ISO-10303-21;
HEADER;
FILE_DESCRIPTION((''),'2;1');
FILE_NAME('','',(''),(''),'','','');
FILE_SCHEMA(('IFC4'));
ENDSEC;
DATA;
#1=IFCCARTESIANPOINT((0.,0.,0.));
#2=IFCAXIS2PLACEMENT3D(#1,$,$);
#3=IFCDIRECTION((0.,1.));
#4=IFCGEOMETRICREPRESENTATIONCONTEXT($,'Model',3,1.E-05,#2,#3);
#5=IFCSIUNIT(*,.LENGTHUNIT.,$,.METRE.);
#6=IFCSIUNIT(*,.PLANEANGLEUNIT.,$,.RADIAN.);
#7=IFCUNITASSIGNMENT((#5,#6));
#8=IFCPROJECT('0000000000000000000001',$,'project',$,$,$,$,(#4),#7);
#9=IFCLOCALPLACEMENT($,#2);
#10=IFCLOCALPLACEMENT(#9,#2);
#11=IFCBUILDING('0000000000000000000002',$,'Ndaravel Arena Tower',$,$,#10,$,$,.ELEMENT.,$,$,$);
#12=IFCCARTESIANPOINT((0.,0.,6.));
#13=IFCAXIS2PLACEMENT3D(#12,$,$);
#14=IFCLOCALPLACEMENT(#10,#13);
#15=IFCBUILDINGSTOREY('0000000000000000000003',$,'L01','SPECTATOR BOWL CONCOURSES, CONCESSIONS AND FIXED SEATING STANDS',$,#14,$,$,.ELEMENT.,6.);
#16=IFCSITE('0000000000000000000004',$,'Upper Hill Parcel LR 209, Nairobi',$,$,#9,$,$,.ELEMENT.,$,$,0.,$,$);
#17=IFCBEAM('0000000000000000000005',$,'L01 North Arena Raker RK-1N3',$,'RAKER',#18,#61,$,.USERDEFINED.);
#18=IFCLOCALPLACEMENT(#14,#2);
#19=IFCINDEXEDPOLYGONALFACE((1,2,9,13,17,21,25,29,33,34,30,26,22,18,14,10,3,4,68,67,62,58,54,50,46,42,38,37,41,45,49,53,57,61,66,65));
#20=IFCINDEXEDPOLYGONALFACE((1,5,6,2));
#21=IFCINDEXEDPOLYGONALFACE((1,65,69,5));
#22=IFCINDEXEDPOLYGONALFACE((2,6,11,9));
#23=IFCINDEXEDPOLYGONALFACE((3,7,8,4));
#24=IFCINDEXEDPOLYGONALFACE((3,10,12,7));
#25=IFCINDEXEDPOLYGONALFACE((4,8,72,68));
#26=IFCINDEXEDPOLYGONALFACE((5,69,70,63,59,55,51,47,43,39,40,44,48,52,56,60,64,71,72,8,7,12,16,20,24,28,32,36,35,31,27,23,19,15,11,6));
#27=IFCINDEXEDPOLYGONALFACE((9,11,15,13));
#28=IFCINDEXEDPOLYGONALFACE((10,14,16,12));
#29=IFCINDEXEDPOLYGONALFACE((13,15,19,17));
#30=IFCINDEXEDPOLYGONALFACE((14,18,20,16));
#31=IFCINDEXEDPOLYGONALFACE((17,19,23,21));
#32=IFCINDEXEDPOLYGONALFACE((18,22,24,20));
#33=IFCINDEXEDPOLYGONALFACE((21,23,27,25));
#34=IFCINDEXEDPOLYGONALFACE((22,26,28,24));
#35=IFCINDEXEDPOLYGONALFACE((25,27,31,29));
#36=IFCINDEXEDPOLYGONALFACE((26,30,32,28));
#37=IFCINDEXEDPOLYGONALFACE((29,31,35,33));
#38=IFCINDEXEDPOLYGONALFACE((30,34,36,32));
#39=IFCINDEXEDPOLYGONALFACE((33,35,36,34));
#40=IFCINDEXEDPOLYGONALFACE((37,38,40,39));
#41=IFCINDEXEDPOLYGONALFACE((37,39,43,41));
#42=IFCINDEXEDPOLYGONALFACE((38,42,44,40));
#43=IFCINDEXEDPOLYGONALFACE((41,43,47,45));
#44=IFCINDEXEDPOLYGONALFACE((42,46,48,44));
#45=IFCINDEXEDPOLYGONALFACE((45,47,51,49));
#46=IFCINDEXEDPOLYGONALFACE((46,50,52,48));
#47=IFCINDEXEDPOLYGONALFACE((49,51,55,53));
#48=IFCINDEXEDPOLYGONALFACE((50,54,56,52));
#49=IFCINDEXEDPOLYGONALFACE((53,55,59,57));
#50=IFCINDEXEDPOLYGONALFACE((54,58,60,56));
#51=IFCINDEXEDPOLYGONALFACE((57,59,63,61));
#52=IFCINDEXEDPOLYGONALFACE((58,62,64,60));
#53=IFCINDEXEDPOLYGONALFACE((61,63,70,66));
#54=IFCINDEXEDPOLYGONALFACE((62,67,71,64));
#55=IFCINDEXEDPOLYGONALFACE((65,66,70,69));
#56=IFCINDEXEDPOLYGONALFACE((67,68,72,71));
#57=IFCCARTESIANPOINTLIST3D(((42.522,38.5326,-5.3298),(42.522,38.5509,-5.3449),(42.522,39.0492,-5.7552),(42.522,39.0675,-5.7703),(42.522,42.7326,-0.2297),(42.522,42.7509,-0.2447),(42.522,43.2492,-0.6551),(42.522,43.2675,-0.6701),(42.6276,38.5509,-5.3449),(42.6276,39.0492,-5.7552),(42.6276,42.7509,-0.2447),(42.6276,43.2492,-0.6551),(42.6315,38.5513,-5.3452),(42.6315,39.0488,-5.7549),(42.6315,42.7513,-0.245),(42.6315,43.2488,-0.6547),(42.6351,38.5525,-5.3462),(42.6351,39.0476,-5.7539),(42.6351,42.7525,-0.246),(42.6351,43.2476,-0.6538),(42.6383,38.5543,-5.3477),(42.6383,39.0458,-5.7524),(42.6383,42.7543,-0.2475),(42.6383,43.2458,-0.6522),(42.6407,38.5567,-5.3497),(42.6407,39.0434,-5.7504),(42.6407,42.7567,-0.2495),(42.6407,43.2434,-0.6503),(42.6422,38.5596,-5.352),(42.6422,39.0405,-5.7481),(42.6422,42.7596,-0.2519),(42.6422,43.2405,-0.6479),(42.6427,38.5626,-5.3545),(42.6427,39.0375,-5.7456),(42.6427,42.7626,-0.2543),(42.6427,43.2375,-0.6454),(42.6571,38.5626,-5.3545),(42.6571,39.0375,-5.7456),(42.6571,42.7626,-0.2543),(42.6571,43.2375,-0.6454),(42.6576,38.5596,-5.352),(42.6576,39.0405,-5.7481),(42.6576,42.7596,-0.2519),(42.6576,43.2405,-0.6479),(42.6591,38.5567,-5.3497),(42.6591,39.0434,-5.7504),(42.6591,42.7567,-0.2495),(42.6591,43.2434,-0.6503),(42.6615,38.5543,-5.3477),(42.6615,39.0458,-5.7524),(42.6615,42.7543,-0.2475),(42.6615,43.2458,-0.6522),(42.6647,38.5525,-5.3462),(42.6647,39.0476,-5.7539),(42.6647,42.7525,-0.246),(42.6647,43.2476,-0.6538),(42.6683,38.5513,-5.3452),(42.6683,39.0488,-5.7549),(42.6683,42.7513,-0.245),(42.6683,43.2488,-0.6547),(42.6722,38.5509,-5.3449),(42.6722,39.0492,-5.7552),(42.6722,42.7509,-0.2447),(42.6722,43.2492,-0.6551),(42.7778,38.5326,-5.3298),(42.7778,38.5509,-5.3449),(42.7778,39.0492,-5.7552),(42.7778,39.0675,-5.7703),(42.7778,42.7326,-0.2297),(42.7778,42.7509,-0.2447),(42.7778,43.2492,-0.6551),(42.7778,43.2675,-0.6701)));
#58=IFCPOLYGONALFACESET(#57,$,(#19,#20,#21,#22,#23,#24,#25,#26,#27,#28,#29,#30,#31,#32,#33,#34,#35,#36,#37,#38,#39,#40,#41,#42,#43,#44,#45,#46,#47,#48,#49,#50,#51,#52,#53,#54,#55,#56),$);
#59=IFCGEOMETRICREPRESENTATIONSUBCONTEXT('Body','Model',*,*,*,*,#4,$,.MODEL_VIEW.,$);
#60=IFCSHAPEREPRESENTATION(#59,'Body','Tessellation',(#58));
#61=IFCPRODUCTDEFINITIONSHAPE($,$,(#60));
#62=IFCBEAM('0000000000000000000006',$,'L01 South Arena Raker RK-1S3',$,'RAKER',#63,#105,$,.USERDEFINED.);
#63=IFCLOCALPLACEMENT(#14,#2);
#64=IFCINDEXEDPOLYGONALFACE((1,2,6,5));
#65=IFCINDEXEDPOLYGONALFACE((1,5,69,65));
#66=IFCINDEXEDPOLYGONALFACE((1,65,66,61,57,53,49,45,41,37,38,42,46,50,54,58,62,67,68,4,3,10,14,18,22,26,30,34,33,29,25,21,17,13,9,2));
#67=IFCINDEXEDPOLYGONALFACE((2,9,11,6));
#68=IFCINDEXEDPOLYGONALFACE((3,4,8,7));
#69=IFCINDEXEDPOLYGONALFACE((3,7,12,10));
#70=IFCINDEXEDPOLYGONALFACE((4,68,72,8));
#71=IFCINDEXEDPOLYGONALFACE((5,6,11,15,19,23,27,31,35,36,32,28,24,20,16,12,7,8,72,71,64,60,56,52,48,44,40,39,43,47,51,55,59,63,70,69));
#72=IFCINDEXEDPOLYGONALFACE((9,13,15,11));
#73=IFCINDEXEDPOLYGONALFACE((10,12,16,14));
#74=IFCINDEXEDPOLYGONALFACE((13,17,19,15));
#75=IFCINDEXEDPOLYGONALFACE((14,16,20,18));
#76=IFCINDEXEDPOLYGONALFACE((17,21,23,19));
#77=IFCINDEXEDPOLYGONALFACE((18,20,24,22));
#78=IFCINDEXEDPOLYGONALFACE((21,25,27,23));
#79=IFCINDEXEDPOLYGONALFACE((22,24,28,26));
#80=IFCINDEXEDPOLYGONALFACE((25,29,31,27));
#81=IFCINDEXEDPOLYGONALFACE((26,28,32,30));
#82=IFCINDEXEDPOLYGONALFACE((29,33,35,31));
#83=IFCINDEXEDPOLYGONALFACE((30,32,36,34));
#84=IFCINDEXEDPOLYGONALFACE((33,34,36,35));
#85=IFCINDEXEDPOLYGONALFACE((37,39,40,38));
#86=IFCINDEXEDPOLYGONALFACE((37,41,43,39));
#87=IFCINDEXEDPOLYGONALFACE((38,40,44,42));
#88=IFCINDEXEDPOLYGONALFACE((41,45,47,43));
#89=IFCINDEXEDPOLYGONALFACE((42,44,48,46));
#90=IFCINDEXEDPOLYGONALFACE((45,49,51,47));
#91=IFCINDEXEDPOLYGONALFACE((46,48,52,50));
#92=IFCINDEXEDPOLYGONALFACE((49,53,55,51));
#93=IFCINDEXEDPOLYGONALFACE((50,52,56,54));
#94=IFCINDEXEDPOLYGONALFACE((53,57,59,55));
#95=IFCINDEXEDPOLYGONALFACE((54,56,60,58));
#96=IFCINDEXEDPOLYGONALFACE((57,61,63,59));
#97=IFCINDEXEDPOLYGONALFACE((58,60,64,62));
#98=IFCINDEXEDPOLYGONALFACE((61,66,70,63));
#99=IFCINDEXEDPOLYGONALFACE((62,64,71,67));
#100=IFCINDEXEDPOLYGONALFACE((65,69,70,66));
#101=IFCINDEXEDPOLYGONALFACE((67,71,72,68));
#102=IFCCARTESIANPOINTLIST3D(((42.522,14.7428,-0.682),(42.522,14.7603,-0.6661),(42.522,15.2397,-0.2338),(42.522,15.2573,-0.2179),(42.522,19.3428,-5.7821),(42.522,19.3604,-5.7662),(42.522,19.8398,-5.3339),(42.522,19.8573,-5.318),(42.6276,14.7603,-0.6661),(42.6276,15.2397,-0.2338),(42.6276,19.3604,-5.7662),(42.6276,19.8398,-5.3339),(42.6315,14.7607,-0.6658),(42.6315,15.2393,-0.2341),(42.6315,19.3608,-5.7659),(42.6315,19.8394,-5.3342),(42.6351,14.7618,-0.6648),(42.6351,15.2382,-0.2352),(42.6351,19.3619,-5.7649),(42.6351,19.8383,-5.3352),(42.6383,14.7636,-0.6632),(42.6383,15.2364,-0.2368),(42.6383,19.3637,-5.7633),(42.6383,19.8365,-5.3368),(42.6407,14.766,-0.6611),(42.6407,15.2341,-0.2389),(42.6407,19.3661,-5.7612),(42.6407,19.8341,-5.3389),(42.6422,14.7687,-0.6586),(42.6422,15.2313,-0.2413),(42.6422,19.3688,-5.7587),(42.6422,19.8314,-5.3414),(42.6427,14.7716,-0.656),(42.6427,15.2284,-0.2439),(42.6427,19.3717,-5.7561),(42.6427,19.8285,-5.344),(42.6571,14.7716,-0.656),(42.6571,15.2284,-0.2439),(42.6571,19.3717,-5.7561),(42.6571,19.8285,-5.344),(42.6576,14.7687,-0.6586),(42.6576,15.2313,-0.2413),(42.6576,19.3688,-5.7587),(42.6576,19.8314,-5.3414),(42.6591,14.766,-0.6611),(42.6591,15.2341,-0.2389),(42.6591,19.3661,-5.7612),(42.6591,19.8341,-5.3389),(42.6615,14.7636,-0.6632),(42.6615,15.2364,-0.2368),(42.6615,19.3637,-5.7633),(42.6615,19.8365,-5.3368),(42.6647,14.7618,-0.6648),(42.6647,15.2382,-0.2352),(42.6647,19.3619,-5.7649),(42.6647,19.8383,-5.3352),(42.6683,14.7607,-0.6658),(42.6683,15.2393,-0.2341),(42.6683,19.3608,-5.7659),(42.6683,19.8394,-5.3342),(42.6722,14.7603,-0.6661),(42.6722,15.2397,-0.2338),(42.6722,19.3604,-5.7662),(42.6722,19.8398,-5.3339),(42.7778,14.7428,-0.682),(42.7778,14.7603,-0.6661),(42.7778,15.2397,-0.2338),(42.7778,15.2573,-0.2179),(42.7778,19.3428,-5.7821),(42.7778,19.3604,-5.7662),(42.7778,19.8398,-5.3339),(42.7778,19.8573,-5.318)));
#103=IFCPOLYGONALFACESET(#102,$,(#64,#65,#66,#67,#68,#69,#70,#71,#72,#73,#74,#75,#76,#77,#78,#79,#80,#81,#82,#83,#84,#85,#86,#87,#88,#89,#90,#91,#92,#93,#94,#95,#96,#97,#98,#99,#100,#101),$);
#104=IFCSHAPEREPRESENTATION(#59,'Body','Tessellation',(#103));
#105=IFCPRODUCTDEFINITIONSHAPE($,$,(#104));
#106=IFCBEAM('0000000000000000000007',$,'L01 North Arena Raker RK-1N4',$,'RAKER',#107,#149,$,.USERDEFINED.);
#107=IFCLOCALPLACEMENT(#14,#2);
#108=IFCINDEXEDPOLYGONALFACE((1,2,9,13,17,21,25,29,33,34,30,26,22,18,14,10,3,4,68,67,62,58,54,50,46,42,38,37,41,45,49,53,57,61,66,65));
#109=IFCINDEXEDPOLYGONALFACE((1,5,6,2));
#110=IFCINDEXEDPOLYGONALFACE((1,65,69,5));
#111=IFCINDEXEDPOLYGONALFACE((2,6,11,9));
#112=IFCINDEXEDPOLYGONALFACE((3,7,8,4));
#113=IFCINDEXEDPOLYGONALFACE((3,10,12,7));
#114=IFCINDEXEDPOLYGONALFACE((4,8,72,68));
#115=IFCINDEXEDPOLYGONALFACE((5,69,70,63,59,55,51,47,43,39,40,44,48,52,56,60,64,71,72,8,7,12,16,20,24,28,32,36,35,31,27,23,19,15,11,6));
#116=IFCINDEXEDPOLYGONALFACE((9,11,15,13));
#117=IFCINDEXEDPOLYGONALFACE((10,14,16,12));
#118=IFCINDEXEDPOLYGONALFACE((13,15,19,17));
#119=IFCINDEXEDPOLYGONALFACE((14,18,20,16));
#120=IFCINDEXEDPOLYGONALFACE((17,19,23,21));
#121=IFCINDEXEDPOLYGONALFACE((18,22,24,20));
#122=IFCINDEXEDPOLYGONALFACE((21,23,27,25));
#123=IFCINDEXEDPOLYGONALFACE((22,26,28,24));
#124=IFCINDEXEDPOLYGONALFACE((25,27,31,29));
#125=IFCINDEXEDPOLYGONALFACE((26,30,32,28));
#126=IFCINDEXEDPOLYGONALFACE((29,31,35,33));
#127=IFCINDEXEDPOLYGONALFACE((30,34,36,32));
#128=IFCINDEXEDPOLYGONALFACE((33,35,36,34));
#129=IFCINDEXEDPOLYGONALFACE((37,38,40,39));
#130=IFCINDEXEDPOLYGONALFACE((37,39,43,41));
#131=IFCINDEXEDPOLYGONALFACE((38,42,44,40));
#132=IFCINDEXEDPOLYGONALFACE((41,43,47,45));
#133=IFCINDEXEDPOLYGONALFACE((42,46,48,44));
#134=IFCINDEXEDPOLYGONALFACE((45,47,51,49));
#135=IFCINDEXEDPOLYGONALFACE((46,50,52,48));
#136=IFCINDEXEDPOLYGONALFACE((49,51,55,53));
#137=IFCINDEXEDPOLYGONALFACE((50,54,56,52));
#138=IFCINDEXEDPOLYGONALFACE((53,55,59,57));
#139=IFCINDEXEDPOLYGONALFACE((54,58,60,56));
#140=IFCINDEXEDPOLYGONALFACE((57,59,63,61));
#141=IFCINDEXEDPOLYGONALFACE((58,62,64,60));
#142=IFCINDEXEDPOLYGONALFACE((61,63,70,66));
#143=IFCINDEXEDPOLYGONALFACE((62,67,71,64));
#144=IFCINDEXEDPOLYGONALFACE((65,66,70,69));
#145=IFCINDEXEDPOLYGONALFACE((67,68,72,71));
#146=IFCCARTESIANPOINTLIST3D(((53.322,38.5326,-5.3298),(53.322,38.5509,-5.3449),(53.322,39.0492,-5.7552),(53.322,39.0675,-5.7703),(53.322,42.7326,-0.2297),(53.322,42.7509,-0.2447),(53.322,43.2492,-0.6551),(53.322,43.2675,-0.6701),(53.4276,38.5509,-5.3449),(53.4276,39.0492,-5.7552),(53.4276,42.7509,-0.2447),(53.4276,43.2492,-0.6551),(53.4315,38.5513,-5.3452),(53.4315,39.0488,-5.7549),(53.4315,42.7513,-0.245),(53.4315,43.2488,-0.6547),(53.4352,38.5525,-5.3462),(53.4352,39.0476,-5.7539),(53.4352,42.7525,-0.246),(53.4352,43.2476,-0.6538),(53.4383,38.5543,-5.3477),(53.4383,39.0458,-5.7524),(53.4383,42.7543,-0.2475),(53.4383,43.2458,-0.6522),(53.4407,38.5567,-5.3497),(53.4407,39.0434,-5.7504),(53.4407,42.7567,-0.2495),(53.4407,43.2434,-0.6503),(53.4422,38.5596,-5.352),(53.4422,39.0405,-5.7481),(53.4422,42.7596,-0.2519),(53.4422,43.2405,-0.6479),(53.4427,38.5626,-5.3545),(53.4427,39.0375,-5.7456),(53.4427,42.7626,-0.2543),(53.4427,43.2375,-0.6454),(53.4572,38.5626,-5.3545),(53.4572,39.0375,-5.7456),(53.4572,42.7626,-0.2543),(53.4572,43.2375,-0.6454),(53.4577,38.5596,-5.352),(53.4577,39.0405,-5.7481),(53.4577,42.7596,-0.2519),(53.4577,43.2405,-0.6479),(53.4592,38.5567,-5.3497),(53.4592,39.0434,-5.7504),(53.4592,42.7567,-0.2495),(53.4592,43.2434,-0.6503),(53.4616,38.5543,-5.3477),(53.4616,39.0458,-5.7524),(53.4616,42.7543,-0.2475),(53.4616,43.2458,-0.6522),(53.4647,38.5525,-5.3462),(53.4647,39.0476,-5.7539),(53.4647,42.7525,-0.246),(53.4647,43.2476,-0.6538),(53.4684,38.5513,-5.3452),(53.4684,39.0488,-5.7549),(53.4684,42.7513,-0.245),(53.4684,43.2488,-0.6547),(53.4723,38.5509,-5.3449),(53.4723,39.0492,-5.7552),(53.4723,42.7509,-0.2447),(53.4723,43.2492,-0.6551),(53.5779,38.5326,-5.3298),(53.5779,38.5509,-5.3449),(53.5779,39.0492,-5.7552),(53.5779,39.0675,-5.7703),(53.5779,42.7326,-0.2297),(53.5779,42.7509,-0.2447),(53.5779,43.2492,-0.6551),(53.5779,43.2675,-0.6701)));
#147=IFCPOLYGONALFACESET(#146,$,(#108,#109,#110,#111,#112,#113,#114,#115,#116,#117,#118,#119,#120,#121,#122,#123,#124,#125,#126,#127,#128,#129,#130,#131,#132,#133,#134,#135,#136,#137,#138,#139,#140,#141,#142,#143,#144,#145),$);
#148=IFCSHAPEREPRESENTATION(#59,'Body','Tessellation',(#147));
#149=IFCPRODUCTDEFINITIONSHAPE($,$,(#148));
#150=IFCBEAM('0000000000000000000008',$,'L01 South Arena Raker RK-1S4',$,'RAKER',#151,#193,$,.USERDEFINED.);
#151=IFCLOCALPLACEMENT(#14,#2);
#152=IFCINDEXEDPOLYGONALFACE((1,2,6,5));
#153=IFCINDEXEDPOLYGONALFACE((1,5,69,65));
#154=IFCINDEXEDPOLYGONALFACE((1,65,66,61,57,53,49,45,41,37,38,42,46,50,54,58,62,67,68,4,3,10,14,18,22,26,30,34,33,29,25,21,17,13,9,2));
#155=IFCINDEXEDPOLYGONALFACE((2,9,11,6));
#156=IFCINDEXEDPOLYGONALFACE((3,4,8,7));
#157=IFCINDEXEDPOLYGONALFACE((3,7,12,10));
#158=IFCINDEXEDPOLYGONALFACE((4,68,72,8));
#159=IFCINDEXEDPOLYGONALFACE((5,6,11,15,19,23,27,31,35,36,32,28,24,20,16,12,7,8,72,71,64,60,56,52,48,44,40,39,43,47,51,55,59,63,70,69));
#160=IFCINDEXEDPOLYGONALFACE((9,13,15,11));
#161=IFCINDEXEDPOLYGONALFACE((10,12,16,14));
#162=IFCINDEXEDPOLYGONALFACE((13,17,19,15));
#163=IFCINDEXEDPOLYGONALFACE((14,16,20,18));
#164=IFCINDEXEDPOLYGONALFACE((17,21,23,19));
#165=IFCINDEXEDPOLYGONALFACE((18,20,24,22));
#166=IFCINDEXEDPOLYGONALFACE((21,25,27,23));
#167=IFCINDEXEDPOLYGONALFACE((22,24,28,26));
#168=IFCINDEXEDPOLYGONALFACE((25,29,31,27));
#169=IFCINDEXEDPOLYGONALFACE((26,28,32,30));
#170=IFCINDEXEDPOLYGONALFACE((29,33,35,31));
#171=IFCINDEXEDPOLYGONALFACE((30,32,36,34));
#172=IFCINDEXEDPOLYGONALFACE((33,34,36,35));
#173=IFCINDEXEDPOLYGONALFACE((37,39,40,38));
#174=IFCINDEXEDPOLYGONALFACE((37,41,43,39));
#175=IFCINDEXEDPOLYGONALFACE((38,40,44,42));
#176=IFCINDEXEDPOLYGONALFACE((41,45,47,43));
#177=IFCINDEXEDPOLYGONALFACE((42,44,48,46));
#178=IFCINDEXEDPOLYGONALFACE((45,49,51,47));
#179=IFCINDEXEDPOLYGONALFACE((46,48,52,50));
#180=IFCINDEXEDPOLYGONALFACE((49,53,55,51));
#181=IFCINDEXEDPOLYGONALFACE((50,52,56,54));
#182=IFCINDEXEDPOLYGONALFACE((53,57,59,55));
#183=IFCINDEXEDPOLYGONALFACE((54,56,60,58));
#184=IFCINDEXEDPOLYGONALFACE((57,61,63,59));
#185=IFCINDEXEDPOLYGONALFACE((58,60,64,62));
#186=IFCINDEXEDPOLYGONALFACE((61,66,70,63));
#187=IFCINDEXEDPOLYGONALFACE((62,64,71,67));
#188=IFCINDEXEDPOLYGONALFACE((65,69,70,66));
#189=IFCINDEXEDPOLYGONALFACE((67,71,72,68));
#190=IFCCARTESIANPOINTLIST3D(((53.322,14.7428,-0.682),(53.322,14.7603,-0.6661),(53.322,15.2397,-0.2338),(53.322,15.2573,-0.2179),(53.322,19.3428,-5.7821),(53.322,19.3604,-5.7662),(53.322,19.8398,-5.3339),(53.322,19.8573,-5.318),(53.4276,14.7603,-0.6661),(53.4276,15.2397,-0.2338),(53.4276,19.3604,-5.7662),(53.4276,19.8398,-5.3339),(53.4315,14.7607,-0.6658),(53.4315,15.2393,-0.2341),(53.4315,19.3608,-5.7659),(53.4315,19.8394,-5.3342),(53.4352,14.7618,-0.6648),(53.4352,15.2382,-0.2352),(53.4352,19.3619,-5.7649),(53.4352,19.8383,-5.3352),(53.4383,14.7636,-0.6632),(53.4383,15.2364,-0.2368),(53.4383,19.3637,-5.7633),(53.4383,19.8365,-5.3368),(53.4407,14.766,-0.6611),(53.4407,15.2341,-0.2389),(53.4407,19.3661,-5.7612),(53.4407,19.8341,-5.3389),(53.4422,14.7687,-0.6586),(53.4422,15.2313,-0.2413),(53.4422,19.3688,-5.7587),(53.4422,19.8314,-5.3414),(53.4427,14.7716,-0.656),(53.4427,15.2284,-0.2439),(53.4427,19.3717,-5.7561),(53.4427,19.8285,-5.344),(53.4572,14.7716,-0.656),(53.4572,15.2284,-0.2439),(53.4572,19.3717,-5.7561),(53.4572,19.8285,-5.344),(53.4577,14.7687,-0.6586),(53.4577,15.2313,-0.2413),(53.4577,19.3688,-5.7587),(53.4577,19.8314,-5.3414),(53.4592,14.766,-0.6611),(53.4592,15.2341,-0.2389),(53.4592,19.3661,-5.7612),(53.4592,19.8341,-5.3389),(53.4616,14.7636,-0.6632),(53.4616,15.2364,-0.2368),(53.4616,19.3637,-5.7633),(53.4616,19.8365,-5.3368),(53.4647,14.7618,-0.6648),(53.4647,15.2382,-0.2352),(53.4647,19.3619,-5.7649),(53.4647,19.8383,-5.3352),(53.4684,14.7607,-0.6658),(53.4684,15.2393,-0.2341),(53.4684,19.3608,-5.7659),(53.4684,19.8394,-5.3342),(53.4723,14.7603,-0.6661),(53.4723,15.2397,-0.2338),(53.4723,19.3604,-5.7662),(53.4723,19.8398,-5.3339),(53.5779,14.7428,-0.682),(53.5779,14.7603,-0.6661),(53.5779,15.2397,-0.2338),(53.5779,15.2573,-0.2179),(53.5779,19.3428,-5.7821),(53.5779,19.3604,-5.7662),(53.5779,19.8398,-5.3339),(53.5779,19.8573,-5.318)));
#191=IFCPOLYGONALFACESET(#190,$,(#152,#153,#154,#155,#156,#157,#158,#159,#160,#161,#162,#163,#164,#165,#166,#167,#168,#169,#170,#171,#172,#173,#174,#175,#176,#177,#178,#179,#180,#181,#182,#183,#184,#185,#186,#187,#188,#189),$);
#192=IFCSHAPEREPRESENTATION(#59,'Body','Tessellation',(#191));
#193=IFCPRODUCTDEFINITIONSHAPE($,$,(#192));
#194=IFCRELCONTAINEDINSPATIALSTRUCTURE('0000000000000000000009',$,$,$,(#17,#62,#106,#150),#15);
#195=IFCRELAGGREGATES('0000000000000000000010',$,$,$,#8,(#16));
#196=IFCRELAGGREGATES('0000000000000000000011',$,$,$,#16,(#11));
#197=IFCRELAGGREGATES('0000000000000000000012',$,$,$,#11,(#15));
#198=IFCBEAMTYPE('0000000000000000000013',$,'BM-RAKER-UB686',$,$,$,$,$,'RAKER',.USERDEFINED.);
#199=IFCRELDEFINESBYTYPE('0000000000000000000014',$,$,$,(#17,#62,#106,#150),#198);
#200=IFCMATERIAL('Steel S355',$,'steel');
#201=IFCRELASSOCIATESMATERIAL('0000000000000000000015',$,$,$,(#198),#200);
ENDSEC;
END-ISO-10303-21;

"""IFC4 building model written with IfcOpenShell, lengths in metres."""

from ifc_helpers import new_model, si_unit, direction, frame, origin, origin_2d, place, context, subcontext, project, spatial, i_section, extrude, material, material_profile, profile_set, type_object, element, save


model = new_model("IFC4")

# Units and contexts
model_context = context("Model", 3, precision=1e-05, world=origin(), true_north=direction((0.0, 1.0)))
body_context = subcontext(model_context, "Body", "Model", "MODEL_VIEW")
ifc_project = project(units=[si_unit("LENGTHUNIT", "METRE"), si_unit("PLANEANGLEUNIT", "RADIAN")], contexts=[model_context])

# Site, building, storey
site_placement = place(None, origin())
site = spatial("IfcSite", under=ifc_project, at=site_placement, Name="Upper Hill Parcel LR 209, Nairobi", CompositionType="ELEMENT", RefElevation=0.0)
building_placement = place(site_placement, origin())
building = spatial("IfcBuilding", under=site, at=building_placement, Name="Ndaravel Arena Tower", CompositionType="ELEMENT")
storey_placement = place(building_placement, frame((0.0, 0.0, 6.0)))
storey = spatial("IfcBuildingStorey", under=building, at=storey_placement, Name="L01", Description="SPECTATOR BOWL CONCOURSES, CONCESSIONS AND FIXED SEATING STANDS", CompositionType="ELEMENT", Elevation=6.0)

# Beams
ifc_material_1 = material(Name="Steel S355", Category="steel")
ifc_material_profile = material_profile(ifc_material_1, i_section(OverallWidth=0.2559, OverallDepth=0.6929, WebThickness=0.0144, FlangeThickness=0.0237, FilletRadius=0.0151, at=origin_2d()), Name="UB 686x254x170")
ifc_profile_set = profile_set([ifc_material_profile], Name="Steel S355")
beam_type = type_object("IfcBeamType", Name="BM-RAKER-UB686", ElementType="RAKER", PredefinedType="USERDEFINED", material=ifc_profile_set)
beam_1_placement = place(storey_placement, frame((42.6499, 38.8, -5.55), z_axis=(0.0, 0.635696, 0.77194), x_axis=(-1.0, 0.0, 0.0)))
element("IfcBeam", 1, at=beam_1_placement, inside=storey, type_object=beam_type, Name="L01 North Arena Raker RK-1N3", ObjectType="RAKER", PredefinedType="USERDEFINED", context=body_context, shape_type="SweptSolid", body=[
    extrude(i_section(OverallWidth=0.2559, OverallDepth=0.6929, WebThickness=0.0144, FlangeThickness=0.0237, FilletRadius=0.0151, at=origin_2d()), origin(), (0.0, 0.0, 1.0), 6.6069),
])
beam_2_placement = place(storey_placement, frame((42.6499, 19.6001, -5.55), z_axis=(0.0, -0.66977, 0.742569), x_axis=(1.0, 0.0, 0.0)))
element("IfcBeam", 2, at=beam_2_placement, inside=storey, type_object=beam_type, Name="L01 South Arena Raker RK-1S3", ObjectType="RAKER", PredefinedType="USERDEFINED", context=body_context, shape_type="SweptSolid", body=[
    extrude(i_section(OverallWidth=0.2559, OverallDepth=0.6929, WebThickness=0.0144, FlangeThickness=0.0237, FilletRadius=0.0151, at=origin_2d()), origin(), (0.0, 0.0, 1.0), 6.8682),
])
beam_3_placement = place(storey_placement, frame((53.45, 38.8, -5.55), z_axis=(0.0, 0.635696, 0.77194), x_axis=(-1.0, 0.0, 0.0)))
element("IfcBeam", 3, at=beam_3_placement, inside=storey, type_object=beam_type, Name="L01 North Arena Raker RK-1N4", ObjectType="RAKER", PredefinedType="USERDEFINED", context=body_context, shape_type="SweptSolid", body=[
    extrude(i_section(OverallWidth=0.2559, OverallDepth=0.6929, WebThickness=0.0144, FlangeThickness=0.0237, FilletRadius=0.0151, at=origin_2d()), origin(), (0.0, 0.0, 1.0), 6.6069),
])
beam_4_placement = place(storey_placement, frame((53.45, 19.6001, -5.55), z_axis=(0.0, -0.66977, 0.742569), x_axis=(1.0, 0.0, 0.0)))
element("IfcBeam", 4, at=beam_4_placement, inside=storey, type_object=beam_type, Name="L01 South Arena Raker RK-1S4", ObjectType="RAKER", PredefinedType="USERDEFINED", context=body_context, shape_type="SweptSolid", body=[
    extrude(i_section(OverallWidth=0.2559, OverallDepth=0.6929, WebThickness=0.0144, FlangeThickness=0.0237, FilletRadius=0.0151, at=origin_2d()), origin(), (0.0, 0.0, 1.0), 6.8682),
])

save(model, "model.ifc")
